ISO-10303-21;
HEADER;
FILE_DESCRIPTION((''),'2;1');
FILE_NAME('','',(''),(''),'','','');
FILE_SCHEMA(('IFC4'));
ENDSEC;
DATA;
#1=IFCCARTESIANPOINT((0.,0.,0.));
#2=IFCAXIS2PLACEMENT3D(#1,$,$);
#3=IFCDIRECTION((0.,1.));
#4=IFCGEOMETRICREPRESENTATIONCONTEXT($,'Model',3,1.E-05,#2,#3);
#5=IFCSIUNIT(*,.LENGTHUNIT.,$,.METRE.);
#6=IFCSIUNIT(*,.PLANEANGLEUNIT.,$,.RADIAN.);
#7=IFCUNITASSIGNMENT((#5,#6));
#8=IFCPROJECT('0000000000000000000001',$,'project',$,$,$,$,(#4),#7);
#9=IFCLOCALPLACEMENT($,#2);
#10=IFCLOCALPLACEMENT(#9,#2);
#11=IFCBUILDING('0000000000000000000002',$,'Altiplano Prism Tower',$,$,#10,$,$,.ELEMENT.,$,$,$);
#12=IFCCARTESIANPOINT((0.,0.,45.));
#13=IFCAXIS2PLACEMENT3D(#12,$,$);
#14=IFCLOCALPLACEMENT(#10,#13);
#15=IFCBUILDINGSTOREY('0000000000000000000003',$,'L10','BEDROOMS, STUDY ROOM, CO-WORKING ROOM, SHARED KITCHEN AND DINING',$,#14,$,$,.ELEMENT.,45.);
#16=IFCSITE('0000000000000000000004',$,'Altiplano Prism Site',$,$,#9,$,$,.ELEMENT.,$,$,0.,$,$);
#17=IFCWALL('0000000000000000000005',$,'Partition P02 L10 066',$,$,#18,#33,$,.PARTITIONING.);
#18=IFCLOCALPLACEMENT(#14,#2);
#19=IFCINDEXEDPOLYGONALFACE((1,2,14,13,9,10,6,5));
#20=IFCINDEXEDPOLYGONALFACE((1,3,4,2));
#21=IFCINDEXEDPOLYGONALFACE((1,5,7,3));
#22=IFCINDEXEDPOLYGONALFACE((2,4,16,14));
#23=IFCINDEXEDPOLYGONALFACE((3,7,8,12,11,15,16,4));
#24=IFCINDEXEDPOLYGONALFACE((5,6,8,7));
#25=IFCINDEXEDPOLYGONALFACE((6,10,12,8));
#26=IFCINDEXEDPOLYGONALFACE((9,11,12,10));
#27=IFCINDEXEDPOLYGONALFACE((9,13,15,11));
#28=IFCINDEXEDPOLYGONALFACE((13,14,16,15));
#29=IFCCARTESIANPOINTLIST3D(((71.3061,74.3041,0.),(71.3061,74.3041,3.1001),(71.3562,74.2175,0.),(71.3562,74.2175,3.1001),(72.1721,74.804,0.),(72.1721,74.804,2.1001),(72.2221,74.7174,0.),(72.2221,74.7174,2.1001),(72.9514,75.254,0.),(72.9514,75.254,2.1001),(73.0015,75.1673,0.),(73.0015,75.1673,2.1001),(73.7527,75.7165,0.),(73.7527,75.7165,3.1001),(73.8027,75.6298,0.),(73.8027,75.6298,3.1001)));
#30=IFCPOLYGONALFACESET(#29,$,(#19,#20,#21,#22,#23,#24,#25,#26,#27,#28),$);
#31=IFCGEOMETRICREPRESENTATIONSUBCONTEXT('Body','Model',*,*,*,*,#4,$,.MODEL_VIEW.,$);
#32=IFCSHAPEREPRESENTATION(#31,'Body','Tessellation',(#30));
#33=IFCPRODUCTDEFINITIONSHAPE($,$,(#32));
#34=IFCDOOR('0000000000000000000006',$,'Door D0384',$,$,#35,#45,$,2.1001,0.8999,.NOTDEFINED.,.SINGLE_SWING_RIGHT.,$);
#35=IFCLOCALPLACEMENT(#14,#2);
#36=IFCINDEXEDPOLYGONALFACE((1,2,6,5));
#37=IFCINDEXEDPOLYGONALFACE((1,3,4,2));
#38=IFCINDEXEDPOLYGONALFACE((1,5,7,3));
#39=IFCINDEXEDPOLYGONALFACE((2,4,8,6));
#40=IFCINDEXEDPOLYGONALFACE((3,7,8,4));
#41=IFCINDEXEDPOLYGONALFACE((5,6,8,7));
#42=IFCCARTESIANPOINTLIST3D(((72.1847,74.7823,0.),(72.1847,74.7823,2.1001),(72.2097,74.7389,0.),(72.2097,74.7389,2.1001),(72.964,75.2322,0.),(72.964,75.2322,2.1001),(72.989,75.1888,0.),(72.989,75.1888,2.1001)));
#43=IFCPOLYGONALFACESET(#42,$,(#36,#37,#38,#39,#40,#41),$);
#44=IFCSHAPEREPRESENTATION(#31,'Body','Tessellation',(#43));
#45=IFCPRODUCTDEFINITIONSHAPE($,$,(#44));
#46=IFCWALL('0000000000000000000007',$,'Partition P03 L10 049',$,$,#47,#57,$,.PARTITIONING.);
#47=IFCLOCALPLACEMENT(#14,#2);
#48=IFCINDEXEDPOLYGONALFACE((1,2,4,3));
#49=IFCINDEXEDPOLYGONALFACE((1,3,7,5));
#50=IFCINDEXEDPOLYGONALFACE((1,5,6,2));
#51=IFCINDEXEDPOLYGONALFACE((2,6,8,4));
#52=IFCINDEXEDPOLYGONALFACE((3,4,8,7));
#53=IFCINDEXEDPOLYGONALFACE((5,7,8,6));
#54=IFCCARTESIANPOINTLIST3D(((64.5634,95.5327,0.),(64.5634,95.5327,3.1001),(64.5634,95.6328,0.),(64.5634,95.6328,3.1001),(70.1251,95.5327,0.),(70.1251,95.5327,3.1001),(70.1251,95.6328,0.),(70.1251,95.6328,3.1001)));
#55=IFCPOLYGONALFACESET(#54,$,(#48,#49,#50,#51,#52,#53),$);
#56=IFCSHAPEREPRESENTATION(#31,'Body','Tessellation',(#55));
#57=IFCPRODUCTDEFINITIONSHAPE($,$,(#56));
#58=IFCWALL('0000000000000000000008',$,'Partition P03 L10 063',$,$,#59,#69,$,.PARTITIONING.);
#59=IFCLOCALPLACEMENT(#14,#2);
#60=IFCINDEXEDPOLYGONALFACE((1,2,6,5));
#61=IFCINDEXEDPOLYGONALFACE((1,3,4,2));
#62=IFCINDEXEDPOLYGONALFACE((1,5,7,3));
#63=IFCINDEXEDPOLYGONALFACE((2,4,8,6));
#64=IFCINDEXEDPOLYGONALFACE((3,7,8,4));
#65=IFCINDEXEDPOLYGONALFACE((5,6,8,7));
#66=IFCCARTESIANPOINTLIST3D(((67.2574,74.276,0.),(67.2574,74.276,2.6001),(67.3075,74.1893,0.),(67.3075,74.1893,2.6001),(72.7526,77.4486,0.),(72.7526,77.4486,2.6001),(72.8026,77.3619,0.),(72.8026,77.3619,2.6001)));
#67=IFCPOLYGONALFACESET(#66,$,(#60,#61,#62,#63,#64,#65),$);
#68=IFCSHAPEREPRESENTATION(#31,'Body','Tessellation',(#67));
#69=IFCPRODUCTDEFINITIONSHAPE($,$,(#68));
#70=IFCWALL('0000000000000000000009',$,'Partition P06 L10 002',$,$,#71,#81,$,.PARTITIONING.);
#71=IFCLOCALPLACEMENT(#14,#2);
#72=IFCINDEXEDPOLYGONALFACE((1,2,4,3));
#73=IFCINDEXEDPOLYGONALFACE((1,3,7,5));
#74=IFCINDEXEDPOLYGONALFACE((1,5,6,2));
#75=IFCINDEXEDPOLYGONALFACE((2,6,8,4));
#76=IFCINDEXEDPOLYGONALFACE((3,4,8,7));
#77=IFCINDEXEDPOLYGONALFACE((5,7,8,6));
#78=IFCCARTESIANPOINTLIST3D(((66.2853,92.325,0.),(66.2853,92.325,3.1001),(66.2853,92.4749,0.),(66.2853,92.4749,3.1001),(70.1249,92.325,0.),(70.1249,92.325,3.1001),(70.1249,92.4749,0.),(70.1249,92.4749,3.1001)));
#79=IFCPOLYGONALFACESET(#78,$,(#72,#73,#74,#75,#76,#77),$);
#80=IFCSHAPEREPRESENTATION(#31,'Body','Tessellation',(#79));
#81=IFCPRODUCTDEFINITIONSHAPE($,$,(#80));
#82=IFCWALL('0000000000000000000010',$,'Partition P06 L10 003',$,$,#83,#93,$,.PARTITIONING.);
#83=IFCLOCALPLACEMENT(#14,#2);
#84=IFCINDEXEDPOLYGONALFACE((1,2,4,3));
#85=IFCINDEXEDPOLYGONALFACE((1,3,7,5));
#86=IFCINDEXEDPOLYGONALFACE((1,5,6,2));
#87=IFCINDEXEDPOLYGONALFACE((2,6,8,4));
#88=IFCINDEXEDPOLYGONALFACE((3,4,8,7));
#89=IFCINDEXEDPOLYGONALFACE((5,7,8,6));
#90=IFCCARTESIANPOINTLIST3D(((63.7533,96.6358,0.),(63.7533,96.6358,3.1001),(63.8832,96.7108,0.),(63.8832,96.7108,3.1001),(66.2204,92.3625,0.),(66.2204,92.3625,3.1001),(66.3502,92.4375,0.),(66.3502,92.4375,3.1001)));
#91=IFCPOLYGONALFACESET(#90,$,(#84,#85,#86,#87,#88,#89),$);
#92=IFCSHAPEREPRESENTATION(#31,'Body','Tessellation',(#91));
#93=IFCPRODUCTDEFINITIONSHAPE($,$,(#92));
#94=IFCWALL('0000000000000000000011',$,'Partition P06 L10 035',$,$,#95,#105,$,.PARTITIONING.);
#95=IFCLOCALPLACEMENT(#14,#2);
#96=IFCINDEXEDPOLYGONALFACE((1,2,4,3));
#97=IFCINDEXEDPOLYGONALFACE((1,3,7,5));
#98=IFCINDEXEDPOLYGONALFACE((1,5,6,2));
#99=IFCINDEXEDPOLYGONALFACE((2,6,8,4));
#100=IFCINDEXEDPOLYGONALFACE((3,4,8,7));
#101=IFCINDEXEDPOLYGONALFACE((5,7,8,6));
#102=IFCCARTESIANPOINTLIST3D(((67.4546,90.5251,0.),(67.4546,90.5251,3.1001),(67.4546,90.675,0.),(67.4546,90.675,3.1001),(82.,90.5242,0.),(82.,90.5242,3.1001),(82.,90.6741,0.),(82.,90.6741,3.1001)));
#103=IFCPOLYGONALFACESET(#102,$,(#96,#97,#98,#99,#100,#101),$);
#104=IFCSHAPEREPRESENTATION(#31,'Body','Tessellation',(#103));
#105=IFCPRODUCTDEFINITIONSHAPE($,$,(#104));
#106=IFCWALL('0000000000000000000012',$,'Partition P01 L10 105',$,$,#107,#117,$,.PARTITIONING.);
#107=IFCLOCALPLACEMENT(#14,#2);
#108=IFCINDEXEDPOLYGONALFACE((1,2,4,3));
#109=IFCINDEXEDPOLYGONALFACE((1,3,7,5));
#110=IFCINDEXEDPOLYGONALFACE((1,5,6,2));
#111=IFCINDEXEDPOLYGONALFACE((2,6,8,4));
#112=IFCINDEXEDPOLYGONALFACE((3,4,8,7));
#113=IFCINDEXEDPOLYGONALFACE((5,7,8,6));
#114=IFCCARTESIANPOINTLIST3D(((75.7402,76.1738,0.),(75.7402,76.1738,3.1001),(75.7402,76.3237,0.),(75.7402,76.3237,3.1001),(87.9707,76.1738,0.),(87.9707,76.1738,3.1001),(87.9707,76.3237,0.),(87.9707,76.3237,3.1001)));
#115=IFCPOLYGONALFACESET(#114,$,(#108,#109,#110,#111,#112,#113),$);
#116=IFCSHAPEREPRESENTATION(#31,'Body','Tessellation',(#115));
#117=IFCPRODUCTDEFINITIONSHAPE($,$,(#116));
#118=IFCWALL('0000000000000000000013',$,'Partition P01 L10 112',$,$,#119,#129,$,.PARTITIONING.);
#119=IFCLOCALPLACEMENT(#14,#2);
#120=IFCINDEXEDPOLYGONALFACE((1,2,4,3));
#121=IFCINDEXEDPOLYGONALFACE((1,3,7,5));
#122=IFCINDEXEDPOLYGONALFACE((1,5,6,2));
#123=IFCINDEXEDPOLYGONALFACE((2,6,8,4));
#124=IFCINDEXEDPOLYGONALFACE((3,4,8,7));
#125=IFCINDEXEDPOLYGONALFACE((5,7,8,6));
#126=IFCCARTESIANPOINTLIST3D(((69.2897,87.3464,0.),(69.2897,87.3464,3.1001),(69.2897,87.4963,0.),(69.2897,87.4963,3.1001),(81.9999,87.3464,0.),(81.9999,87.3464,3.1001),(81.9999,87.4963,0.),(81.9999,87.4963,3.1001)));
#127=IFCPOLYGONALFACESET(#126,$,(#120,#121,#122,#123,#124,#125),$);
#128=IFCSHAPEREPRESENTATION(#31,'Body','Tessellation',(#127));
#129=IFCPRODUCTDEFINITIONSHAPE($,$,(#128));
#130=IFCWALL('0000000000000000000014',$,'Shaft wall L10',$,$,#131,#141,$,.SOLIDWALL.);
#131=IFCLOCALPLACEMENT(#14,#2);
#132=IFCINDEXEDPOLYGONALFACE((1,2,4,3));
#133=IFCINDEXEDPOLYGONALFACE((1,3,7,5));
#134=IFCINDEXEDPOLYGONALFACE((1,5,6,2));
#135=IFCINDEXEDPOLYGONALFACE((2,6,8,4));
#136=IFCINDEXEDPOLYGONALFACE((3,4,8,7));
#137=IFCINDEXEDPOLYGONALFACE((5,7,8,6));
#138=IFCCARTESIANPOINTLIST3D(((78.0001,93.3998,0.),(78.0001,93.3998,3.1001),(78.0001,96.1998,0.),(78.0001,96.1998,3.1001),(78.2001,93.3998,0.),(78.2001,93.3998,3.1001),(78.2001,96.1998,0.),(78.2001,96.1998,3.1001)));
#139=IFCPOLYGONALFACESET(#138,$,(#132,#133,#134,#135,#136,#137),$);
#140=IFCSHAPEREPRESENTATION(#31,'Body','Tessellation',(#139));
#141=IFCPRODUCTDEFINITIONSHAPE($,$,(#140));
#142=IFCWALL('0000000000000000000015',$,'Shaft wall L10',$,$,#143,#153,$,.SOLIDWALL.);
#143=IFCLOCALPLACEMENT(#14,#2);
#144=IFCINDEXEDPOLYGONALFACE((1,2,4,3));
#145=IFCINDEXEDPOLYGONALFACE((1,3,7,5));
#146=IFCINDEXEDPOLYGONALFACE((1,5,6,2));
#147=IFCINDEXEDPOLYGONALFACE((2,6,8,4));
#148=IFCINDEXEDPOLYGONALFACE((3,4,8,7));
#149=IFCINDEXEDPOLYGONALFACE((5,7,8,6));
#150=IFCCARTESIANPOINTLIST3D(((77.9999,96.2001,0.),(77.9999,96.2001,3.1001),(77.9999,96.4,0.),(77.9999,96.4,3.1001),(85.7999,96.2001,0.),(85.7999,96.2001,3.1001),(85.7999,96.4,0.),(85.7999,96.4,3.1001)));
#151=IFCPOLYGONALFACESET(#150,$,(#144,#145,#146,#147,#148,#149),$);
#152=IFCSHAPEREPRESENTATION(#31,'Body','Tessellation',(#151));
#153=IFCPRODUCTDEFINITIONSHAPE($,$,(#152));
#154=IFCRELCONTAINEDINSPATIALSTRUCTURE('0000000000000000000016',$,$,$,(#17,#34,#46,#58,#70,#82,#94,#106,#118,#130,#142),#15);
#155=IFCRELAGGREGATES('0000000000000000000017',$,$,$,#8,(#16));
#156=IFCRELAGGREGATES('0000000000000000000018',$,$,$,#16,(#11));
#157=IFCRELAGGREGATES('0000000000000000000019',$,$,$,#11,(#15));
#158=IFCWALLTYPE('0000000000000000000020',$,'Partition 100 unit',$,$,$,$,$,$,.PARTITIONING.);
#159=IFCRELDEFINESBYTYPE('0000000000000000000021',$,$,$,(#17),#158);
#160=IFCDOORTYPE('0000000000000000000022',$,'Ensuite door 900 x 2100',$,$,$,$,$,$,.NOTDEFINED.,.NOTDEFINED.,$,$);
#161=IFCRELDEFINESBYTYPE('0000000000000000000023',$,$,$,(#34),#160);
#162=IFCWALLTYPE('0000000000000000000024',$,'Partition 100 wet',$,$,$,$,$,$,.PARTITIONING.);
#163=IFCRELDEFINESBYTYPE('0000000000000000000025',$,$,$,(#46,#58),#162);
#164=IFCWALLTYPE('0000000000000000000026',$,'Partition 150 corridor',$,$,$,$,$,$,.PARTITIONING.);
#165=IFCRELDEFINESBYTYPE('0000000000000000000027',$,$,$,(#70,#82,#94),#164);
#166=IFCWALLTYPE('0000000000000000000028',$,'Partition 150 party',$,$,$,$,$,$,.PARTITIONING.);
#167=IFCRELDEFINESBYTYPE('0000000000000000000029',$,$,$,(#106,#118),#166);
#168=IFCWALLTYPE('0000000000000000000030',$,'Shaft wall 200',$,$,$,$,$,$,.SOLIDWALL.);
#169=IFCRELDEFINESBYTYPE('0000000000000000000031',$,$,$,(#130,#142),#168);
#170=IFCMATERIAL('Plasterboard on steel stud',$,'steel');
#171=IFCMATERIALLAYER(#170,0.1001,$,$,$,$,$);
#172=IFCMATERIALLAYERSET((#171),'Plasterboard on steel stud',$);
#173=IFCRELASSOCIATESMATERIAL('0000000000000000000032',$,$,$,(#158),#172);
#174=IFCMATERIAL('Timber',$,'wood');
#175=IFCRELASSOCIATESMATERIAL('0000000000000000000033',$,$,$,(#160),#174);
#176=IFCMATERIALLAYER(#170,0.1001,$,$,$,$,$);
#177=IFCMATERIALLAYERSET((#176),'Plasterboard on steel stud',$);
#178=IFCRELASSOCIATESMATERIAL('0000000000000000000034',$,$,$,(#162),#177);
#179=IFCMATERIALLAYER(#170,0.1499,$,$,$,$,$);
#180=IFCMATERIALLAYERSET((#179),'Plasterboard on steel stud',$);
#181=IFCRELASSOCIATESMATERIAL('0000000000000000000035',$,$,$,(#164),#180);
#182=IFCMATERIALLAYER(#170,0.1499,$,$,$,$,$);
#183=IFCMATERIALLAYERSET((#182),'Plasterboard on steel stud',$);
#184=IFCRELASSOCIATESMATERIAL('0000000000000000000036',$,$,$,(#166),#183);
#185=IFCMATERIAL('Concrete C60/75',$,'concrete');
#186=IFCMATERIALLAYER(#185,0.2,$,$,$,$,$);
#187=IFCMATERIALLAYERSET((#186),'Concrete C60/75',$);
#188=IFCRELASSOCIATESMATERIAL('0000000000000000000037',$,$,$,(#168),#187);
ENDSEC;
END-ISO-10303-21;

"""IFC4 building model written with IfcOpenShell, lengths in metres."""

from ifc_helpers import new_model, si_unit, direction, frame, frame_2d, origin, place, context, subcontext, project, spatial, rectangle, extrude, material, layer, layer_set, type_object, element, fill, save


model = new_model("IFC4")

# Units and contexts
model_context = context("Model", 3, precision=1e-05, world=origin(), true_north=direction((0.0, 1.0)))
body_context = subcontext(model_context, "Body", "Model", "MODEL_VIEW")
ifc_project = project(units=[si_unit("LENGTHUNIT", "METRE"), si_unit("PLANEANGLEUNIT", "RADIAN")], contexts=[model_context])

# Site, building, storey
site_placement = place(None, origin())
site = spatial("IfcSite", under=ifc_project, at=site_placement, Name="Altiplano Prism Site", CompositionType="ELEMENT", RefElevation=0.0)
building_placement = place(site_placement, origin())
building = spatial("IfcBuilding", under=site, at=building_placement, Name="Altiplano Prism Tower", CompositionType="ELEMENT")
storey_placement = place(building_placement, frame((0.0, 0.0, 45.0)))
storey = spatial("IfcBuildingStorey", under=building, at=storey_placement, Name="L10", Description="BEDROOMS, STUDY ROOM, CO-WORKING ROOM, SHARED KITCHEN AND DINING", CompositionType="ELEMENT", Elevation=45.0)

# Shared definitions
ifc_material_1 = material(Name="Concrete C60/75", Category="concrete")

# Wall, opening, door
ifc_material_2 = material(Name="Plasterboard on steel stud", Category="steel")
ifc_layer_1 = layer(ifc_material_2, 0.1001)
ifc_layer_set_1 = layer_set([ifc_layer_1], Name="Plasterboard on steel stud")
wall_type_1 = type_object("IfcWallType", Name="Partition 100 unit", PredefinedType="PARTITIONING", material=ifc_layer_set_1)
ifc_material_3 = material(Name="Timber", Category="wood")
door_type_1 = type_object("IfcDoorType", Name="Ensuite door 900 x 2100", OperationType="NOTDEFINED", PredefinedType="NOTDEFINED", material=ifc_material_3)
wall_1_placement = place(storey_placement, frame((71.3311, 74.2607, 0.0), z_axis=(0.0, 0.0, 1.0), x_axis=(0.866049, 0.499959, 0.0)))
wall_1 = element("IfcWall", 1, at=wall_1_placement, inside=storey, type_object=wall_type_1, Name="Partition P02 L10 066", PredefinedType="PARTITIONING", context=body_context, shape_type="SweptSolid", body=[
    extrude(rectangle(XDim=2.825, YDim=0.1001, at=frame_2d((1.4126, 0.0))), origin(), (0.0, 0.0, 1.0), 3.1001),
])
opening_1_placement = place(wall_1_placement, frame((1.0, 0.0, 0.0)))
opening_1 = element("IfcOpeningElement", 2, at=opening_1_placement, cuts=wall_1, PredefinedType="OPENING", context=body_context, shape_type="SweptSolid", body=[
    extrude(rectangle(XDim=0.8999, YDim=2.1001, at=frame_2d((0.45, 1.05))), frame((0.0, 0.0605, 0.0), z_axis=(0.0, -1.0, 0.0), x_axis=(1.0, 0.0, 0.0)), (0.0, 0.0, 1.0), 0.1211),
])
door_1_placement = place(opening_1_placement, origin())
door_1 = element("IfcDoor", 3, at=door_1_placement, inside=storey, type_object=door_type_1, Name="Door D0384", OperationType="SINGLE_SWING_RIGHT", OverallHeight=2.1001, OverallWidth=0.8999, PredefinedType="NOTDEFINED", context=body_context, shape_type="SweptSolid", body=[
    extrude(rectangle(XDim=0.8999, YDim=2.1001, at=frame_2d((0.45, 1.05))), frame((0.0, 0.0249, 0.0), z_axis=(0.0, -1.0, 0.0), x_axis=(1.0, 0.0, 0.0)), (0.0, 0.0, 1.0), 0.05),
])
fill(opening_1, door_1)

# Walls
ifc_layer_2 = layer(ifc_material_2, 0.1001)
ifc_layer_set_2 = layer_set([ifc_layer_2], Name="Plasterboard on steel stud")
wall_type_2 = type_object("IfcWallType", Name="Partition 100 wet", PredefinedType="PARTITIONING", material=ifc_layer_set_2)
wall_2_placement = place(storey_placement, frame((70.125, 95.5828, 0.0), z_axis=(0.0, 0.0, 1.0), x_axis=(-1.0, 0.0, 0.0)))
element("IfcWall", 4, at=wall_2_placement, inside=storey, type_object=wall_type_2, Name="Partition P03 L10 049", PredefinedType="PARTITIONING", context=body_context, shape_type="SweptSolid", body=[
    extrude(rectangle(XDim=5.5618, YDim=0.1001, at=frame_2d((2.7808, 0.0))), origin(), (0.0, 0.0, 1.0), 3.1001),
])
wall_3_placement = place(storey_placement, frame((67.2825, 74.2327, 0.0), z_axis=(0.0, 0.0, 1.0), x_axis=(0.866025, 0.5, 0.0)))
element("IfcWall", 5, at=wall_3_placement, inside=storey, type_object=wall_type_2, Name="Partition P03 L10 063", PredefinedType="PARTITIONING", context=body_context, shape_type="SweptSolid", body=[
    extrude(rectangle(XDim=6.3452, YDim=0.1001, at=frame_2d((3.1726, 0.0))), origin(), (0.0, 0.0, 1.0), 2.6001),
])
ifc_layer_3 = layer(ifc_material_2, 0.1499)
ifc_layer_set_3 = layer_set([ifc_layer_3], Name="Plasterboard on steel stud")
wall_type_3 = type_object("IfcWallType", Name="Partition 150 corridor", PredefinedType="PARTITIONING", material=ifc_layer_set_3)
wall_4_placement = place(storey_placement, frame((70.125, 92.3999, 0.0), z_axis=(0.0, 0.0, 1.0), x_axis=(-1.0, 0.0, 0.0)))
element("IfcWall", 6, at=wall_4_placement, inside=storey, type_object=wall_type_3, Name="Partition P06 L10 002", PredefinedType="PARTITIONING", context=body_context, shape_type="SweptSolid", body=[
    extrude(rectangle(XDim=3.8396, YDim=0.1499, at=frame_2d((1.9199, 0.0))), origin(), (0.0, 0.0, 1.0), 3.1001),
])
wall_5_placement = place(storey_placement, frame((66.2854, 92.3999, 0.0), z_axis=(0.0, 0.0, 1.0), x_axis=(-0.499987, 0.866033, 0.0)))
element("IfcWall", 7, at=wall_5_placement, inside=storey, type_object=wall_type_3, Name="Partition P06 L10 003", PredefinedType="PARTITIONING", context=body_context, shape_type="SweptSolid", body=[
    extrude(rectangle(XDim=4.9343, YDim=0.1499, at=frame_2d((2.4673, 0.0))), origin(), (0.0, 0.0, 1.0), 3.1001),
])
wall_6_placement = place(storey_placement, frame((67.4546, 90.6001, 0.0), z_axis=(0.0, 0.0, 1.0), x_axis=(1.0, -0.000067, 0.0)))
element("IfcWall", 8, at=wall_6_placement, inside=storey, type_object=wall_type_3, Name="Partition P06 L10 035", PredefinedType="PARTITIONING", context=body_context, shape_type="SweptSolid", body=[
    extrude(rectangle(XDim=14.5454, YDim=0.1499, at=frame_2d((7.2727, 0.0))), origin(), (0.0, 0.0, 1.0), 3.1001),
])
ifc_layer_4 = layer(ifc_material_2, 0.1499)
ifc_layer_set_4 = layer_set([ifc_layer_4], Name="Plasterboard on steel stud")
wall_type_4 = type_object("IfcWallType", Name="Partition 150 party", PredefinedType="PARTITIONING", material=ifc_layer_set_4)
wall_7_placement = place(storey_placement, frame((75.7402, 76.2488, 0.0), z_axis=(0.0, 0.0, 1.0), x_axis=(1.0, 0.0, 0.0)))
element("IfcWall", 9, at=wall_7_placement, inside=storey, type_object=wall_type_4, Name="Partition P01 L10 105", PredefinedType="PARTITIONING", context=body_context, shape_type="SweptSolid", body=[
    extrude(rectangle(XDim=12.2305, YDim=0.1499, at=frame_2d((6.1152, 0.0))), origin(), (0.0, 0.0, 1.0), 3.1001),
])
wall_8_placement = place(storey_placement, frame((69.2898, 87.4214, 0.0), z_axis=(0.0, 0.0, 1.0), x_axis=(1.0, 0.0, 0.0)))
element("IfcWall", 10, at=wall_8_placement, inside=storey, type_object=wall_type_4, Name="Partition P01 L10 112", PredefinedType="PARTITIONING", context=body_context, shape_type="SweptSolid", body=[
    extrude(rectangle(XDim=12.7102, YDim=0.1499, at=frame_2d((6.355, 0.0))), origin(), (0.0, 0.0, 1.0), 3.1001),
])
ifc_layer_5 = layer(ifc_material_1, 0.2)
ifc_layer_set_5 = layer_set([ifc_layer_5], Name="Concrete C60/75")
wall_type_5 = type_object("IfcWallType", Name="Shaft wall 200", PredefinedType="SOLIDWALL", material=ifc_layer_set_5)
wall_9_placement = place(storey_placement, frame((78.1001, 93.3999, 0.0), z_axis=(0.0, 0.0, 1.0), x_axis=(0.0, 1.0, 0.0)))
element("IfcWall", 11, at=wall_9_placement, inside=storey, type_object=wall_type_5, Name="Shaft wall L10", PredefinedType="SOLIDWALL", context=body_context, shape_type="SweptSolid", body=[
    extrude(rectangle(XDim=2.8, YDim=0.2, at=frame_2d((1.3999, 0.0))), origin(), (0.0, 0.0, 1.0), 3.1001),
])
wall_10_placement = place(storey_placement, frame((78.0, 96.3, 0.0), z_axis=(0.0, 0.0, 1.0), x_axis=(1.0, 0.0, 0.0)))
element("IfcWall", 12, at=wall_10_placement, inside=storey, type_object=wall_type_5, Name="Shaft wall L10", PredefinedType="SOLIDWALL", context=body_context, shape_type="SweptSolid", body=[
    extrude(rectangle(XDim=7.8, YDim=0.2, at=frame_2d((3.8999, 0.0))), origin(), (0.0, 0.0, 1.0), 3.1001),
])

save(model, "model.ifc")
